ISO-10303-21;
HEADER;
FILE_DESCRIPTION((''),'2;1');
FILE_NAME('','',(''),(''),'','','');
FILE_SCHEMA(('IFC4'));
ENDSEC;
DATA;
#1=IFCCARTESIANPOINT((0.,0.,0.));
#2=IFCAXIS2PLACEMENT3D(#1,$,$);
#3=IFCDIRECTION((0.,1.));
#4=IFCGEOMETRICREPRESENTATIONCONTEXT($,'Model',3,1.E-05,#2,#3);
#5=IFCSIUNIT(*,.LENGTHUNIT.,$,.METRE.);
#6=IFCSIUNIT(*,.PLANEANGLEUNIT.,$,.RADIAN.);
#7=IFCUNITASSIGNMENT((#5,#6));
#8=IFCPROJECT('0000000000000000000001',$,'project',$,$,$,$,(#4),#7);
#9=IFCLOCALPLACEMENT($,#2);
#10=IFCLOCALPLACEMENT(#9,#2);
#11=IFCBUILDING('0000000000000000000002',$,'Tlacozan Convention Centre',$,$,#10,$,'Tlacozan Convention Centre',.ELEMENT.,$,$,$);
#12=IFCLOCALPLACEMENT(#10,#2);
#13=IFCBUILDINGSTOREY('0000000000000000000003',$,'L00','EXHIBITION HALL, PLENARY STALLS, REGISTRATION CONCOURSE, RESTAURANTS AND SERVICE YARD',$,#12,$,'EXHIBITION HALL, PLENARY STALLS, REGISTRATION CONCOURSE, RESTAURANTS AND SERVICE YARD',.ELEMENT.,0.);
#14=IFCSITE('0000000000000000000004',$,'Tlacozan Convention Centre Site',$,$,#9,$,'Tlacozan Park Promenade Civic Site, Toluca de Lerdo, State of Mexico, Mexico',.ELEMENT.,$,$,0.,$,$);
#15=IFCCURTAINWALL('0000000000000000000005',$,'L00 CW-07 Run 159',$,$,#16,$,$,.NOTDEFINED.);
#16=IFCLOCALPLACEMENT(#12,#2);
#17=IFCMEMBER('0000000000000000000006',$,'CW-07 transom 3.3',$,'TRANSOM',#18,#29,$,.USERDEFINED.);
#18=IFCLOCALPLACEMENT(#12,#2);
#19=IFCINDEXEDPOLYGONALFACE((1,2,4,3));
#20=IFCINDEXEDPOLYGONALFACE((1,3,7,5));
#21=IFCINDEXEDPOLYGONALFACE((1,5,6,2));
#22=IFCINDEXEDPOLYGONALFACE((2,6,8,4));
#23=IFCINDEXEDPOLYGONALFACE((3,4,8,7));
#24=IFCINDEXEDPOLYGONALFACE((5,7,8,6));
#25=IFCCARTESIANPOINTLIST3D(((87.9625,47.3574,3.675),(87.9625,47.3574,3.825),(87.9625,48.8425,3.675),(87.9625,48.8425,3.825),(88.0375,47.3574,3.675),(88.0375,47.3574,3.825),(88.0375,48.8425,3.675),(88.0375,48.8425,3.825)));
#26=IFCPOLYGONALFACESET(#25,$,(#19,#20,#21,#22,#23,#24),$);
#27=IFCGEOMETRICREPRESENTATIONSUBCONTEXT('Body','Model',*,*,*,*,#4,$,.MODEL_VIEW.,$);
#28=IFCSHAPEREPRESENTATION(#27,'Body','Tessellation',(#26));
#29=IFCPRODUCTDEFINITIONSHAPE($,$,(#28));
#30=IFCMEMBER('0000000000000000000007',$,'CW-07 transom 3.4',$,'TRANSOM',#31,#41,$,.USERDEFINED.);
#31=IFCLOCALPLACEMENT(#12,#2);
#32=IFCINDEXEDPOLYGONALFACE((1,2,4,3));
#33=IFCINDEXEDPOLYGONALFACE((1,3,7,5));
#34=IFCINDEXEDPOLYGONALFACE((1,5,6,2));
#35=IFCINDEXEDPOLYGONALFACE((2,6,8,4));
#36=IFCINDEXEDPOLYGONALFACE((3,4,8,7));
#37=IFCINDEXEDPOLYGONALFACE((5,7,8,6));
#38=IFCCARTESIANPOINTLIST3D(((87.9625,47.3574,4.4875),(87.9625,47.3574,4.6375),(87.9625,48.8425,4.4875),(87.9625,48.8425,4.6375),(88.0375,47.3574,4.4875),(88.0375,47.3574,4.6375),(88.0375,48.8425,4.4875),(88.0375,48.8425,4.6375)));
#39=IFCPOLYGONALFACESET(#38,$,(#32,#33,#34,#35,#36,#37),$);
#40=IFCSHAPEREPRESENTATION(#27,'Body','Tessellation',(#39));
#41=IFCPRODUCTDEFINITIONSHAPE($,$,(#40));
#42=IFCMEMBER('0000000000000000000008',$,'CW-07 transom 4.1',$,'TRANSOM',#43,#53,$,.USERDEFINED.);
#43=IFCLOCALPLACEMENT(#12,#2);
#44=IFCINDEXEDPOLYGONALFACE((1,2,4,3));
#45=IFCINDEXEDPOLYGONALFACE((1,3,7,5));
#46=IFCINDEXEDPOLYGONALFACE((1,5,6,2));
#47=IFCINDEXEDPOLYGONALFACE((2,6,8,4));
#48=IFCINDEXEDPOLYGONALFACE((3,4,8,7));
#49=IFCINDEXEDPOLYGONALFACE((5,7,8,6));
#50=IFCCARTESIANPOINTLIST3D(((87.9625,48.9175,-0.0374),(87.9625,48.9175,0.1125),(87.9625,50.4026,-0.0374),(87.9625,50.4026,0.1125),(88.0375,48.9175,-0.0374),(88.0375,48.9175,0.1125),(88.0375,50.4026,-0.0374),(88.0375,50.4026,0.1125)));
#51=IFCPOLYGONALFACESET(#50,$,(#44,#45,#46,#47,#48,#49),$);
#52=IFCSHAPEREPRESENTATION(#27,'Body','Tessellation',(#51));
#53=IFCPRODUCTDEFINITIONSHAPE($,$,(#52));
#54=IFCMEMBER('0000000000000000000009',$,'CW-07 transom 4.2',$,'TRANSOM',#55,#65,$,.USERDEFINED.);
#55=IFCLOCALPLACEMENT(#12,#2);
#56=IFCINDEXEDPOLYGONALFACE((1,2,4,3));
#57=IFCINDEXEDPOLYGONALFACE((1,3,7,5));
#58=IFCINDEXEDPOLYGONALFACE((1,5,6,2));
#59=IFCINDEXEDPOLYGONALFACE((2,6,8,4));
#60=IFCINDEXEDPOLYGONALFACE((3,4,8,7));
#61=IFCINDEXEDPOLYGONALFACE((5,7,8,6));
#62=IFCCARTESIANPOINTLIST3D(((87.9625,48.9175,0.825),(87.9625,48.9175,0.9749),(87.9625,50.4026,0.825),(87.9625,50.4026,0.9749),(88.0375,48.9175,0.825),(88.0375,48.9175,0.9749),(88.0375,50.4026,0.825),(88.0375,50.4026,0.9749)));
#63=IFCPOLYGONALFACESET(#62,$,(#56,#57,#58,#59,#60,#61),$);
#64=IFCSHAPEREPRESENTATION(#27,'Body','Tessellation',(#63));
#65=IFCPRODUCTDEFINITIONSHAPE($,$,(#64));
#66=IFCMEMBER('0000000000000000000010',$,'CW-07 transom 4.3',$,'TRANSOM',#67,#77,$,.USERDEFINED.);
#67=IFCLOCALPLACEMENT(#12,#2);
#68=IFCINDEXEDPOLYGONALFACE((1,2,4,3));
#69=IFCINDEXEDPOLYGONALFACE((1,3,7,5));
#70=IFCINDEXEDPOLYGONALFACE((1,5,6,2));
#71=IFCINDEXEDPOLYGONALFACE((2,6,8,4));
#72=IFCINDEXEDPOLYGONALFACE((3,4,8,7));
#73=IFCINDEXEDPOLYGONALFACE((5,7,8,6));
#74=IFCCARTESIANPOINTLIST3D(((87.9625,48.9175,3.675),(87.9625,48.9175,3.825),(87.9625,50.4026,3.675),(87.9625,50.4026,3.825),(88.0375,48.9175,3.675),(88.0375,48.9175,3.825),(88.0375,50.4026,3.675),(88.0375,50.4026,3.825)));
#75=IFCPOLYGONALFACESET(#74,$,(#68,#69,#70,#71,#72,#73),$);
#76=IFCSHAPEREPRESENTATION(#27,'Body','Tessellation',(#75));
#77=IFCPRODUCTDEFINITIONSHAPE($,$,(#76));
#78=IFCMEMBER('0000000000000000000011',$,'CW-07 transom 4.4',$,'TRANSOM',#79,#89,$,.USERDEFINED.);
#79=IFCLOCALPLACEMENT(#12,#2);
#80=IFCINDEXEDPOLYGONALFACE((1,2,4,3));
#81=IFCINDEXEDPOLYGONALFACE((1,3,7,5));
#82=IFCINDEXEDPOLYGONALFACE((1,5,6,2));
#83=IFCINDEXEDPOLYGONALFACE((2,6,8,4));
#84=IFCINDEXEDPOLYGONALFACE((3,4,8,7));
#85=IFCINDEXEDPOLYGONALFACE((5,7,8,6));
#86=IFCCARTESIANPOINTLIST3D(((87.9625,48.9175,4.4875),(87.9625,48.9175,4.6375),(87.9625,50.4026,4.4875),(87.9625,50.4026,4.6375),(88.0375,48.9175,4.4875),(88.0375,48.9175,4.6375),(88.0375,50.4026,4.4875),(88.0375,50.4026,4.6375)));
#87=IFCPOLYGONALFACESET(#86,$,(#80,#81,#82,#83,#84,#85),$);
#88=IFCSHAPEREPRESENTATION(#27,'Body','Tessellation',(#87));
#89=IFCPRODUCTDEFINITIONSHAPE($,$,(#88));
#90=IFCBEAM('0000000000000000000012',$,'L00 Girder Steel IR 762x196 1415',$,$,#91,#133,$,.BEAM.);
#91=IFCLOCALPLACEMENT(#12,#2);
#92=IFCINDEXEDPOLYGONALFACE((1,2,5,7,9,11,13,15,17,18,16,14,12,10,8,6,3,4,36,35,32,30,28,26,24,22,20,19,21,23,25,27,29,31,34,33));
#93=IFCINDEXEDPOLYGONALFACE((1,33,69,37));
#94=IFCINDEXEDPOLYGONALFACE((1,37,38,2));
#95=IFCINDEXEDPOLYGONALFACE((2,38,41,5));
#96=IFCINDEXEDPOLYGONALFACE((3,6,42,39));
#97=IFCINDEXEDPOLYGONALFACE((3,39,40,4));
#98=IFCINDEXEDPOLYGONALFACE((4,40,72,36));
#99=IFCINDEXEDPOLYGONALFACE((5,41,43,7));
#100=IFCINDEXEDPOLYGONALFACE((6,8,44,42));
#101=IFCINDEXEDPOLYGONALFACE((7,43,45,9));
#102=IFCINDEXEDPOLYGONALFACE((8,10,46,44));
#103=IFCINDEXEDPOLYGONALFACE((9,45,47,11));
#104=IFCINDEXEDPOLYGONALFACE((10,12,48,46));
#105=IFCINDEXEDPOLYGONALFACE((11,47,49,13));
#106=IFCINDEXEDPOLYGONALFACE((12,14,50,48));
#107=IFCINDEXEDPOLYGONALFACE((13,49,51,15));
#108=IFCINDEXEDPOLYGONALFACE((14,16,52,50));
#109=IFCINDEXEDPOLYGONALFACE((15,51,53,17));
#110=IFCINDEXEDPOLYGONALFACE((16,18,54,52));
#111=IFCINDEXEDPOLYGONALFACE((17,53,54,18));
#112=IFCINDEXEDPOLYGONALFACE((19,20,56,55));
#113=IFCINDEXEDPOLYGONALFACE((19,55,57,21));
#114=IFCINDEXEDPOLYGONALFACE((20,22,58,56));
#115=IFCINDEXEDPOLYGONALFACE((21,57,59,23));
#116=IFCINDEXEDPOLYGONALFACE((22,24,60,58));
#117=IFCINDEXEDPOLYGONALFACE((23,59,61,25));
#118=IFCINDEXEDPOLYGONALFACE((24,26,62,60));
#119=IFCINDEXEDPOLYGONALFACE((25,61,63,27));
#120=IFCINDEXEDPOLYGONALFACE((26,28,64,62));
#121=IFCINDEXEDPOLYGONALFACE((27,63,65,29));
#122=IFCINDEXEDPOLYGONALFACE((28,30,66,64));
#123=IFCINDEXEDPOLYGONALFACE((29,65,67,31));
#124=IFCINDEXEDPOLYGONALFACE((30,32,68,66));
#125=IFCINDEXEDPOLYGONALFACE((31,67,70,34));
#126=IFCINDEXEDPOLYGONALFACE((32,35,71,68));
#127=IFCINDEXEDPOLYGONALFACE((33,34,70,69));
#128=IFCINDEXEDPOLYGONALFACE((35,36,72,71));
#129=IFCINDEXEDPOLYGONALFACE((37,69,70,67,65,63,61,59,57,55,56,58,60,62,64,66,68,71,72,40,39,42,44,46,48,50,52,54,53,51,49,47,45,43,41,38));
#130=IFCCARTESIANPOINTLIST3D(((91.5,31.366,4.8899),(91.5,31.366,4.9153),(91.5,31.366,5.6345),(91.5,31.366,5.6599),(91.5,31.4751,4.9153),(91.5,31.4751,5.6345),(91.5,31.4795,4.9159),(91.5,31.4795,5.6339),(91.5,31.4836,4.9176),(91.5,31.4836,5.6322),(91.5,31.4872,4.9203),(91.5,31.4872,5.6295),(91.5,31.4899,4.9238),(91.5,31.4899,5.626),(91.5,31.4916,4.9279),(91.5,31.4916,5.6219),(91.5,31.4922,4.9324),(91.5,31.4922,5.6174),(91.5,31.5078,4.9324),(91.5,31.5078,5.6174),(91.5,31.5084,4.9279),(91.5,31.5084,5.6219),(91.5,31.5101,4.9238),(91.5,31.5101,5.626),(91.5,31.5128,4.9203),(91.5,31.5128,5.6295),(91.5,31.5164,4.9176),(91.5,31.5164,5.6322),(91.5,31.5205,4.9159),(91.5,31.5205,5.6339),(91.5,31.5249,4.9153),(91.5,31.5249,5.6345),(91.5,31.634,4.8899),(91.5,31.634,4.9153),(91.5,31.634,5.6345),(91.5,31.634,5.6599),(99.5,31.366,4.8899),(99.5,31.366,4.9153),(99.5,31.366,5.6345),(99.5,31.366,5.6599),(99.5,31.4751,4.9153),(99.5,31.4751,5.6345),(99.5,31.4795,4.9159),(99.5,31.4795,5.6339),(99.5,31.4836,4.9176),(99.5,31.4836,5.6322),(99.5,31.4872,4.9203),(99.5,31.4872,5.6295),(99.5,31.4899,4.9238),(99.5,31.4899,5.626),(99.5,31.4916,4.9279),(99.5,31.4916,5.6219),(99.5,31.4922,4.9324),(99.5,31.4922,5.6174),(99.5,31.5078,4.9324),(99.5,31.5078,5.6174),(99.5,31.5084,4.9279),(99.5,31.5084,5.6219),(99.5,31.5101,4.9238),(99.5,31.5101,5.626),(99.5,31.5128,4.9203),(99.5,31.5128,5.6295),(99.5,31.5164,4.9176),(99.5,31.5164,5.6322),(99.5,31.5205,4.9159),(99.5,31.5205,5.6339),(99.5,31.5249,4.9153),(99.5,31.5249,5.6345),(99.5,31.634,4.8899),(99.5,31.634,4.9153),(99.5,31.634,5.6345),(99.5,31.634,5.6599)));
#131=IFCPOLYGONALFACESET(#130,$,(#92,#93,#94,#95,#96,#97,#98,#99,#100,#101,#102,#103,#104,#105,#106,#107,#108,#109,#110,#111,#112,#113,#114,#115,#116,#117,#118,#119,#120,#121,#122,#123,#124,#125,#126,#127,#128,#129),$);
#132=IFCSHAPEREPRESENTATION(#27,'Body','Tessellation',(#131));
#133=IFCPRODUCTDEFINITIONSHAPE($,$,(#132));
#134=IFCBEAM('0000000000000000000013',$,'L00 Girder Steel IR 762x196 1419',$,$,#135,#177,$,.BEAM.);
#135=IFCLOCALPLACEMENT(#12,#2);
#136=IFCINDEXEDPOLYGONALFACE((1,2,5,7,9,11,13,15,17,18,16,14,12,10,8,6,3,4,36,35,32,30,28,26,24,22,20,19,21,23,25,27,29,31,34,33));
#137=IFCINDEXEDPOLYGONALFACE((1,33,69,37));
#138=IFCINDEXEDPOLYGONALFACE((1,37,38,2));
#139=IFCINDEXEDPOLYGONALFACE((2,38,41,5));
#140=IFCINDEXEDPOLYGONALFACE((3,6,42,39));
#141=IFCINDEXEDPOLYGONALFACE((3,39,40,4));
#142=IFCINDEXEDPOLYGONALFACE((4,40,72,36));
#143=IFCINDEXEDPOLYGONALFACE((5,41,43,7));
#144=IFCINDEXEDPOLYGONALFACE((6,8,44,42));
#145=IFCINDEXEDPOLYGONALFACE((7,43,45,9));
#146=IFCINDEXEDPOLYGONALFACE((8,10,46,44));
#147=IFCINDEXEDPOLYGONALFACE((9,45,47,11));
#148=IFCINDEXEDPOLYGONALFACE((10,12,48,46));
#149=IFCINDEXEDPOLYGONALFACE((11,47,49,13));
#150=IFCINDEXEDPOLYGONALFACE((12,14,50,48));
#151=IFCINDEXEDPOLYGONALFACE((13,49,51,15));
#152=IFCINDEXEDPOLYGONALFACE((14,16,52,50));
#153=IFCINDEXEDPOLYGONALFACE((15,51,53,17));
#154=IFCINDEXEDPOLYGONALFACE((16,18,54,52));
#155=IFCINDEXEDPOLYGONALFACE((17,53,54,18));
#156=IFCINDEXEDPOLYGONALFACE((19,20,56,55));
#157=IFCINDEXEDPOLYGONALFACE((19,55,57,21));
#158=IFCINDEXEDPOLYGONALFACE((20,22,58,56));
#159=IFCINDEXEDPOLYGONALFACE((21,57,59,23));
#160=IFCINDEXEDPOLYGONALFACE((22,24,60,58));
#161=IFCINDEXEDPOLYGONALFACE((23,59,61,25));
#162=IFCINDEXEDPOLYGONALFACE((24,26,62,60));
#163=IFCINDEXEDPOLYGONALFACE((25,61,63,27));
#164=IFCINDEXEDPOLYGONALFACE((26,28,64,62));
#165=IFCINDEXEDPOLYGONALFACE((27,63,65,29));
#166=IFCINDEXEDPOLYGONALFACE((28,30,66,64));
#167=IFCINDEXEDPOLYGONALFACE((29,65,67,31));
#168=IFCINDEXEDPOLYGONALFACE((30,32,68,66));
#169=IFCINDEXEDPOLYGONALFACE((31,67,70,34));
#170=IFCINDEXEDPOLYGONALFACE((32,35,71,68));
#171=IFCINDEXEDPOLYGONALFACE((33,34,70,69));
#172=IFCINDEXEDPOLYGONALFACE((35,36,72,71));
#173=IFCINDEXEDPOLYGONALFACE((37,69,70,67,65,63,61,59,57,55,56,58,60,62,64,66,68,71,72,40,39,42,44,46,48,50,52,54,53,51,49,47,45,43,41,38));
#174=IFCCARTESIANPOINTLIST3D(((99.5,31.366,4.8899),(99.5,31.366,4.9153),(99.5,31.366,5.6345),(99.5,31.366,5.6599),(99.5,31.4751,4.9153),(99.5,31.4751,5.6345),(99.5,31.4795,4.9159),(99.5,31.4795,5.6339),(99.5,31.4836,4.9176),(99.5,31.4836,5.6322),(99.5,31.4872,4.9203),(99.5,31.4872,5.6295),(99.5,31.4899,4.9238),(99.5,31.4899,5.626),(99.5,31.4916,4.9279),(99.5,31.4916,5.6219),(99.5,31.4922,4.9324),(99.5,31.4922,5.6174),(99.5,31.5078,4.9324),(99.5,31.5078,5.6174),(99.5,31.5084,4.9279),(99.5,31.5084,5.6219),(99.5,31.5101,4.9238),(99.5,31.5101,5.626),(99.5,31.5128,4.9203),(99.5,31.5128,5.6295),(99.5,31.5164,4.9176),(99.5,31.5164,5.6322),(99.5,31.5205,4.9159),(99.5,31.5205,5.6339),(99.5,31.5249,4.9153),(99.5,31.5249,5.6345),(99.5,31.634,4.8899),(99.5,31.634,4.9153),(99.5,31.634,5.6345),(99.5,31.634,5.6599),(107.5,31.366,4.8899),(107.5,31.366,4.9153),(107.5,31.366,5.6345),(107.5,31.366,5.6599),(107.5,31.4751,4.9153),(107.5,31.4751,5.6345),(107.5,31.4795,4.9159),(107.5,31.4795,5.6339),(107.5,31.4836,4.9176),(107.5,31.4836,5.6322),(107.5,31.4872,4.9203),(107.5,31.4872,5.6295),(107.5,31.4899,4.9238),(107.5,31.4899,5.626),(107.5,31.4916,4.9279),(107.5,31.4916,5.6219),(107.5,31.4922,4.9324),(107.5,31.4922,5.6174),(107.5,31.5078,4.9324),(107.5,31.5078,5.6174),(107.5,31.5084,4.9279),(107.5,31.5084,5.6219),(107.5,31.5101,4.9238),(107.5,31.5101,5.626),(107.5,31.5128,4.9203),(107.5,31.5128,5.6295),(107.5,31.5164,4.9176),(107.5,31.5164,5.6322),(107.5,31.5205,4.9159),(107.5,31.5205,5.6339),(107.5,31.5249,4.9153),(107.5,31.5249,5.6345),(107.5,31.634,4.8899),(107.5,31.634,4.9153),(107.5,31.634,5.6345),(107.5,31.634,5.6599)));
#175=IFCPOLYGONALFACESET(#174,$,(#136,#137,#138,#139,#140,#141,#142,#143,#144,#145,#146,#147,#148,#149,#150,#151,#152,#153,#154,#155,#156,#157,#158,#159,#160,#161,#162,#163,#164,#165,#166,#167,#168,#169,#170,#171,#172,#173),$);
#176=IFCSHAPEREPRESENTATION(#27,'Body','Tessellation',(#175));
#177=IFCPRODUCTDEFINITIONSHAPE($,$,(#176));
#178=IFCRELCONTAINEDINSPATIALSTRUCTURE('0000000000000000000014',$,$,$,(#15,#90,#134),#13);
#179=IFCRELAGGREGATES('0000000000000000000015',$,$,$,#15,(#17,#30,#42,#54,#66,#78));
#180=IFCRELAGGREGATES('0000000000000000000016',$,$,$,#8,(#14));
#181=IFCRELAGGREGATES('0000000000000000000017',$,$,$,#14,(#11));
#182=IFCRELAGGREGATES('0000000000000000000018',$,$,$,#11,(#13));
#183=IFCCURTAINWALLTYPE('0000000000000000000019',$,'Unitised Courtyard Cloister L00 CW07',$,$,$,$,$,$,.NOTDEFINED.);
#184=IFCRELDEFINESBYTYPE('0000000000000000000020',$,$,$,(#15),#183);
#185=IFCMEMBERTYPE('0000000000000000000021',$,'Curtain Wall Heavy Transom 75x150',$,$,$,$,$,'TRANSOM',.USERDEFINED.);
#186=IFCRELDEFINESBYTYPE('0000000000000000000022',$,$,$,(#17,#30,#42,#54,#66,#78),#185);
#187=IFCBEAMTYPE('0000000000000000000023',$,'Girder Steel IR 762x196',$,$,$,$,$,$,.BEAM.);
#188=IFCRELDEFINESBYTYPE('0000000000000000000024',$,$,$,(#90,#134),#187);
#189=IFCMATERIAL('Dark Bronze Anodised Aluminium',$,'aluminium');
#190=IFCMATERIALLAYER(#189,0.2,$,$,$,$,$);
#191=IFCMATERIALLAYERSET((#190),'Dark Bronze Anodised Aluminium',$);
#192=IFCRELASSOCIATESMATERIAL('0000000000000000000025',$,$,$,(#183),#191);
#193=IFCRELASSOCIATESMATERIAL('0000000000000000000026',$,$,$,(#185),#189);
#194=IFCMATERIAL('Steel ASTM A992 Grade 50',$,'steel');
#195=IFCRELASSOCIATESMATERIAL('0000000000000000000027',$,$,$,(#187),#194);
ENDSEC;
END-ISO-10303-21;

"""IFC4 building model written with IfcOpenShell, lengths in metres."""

from ifc_helpers import new_model, si_unit, direction, frame, origin, origin_2d, place, context, subcontext, project, spatial, rectangle, i_section, extrude, material, layer, layer_set, material_profile, profile_set, type_object, element, aggregate, save


model = new_model("IFC4")

# Units and contexts
model_context = context("Model", 3, precision=1e-05, world=origin(), true_north=direction((0.0, 1.0)))
body_context = subcontext(model_context, "Body", "Model", "MODEL_VIEW")
ifc_project = project(units=[si_unit("LENGTHUNIT", "METRE"), si_unit("PLANEANGLEUNIT", "RADIAN")], contexts=[model_context])

# Site, building, storey
site_placement = place(None, origin())
site = spatial("IfcSite", under=ifc_project, at=site_placement, Name="Tlacozan Convention Centre Site", LongName="Tlacozan Park Promenade Civic Site, Toluca de Lerdo, State of Mexico, Mexico", CompositionType="ELEMENT", RefElevation=0.0)
building_placement = place(site_placement, origin())
building = spatial("IfcBuilding", under=site, at=building_placement, Name="Tlacozan Convention Centre", LongName="Tlacozan Convention Centre", CompositionType="ELEMENT")
storey_placement = place(building_placement, origin())
storey = spatial("IfcBuildingStorey", under=building, at=storey_placement, Name="L00", Description="EXHIBITION HALL, PLENARY STALLS, REGISTRATION CONCOURSE, RESTAURANTS AND SERVICE YARD", LongName="EXHIBITION HALL, PLENARY STALLS, REGISTRATION CONCOURSE, RESTAURANTS AND SERVICE YARD", CompositionType="ELEMENT", Elevation=0.0)

# Shared definitions
ifc_material_1 = material(Name="Steel ASTM A992 Grade 50", Category="steel")

# Curtain wall, members
ifc_material_2 = material(Name="Dark Bronze Anodised Aluminium", Category="aluminium")
ifc_layer_1 = layer(ifc_material_2, 0.2)
ifc_layer_set_1 = layer_set([ifc_layer_1], Name="Dark Bronze Anodised Aluminium")
curtain_wall_type = type_object("IfcCurtainWallType", Name="Unitised Courtyard Cloister L00 CW07", PredefinedType="NOTDEFINED", material=ifc_layer_set_1)
curtain_wall_placement = place(storey_placement, origin())
curtain_wall = element("IfcCurtainWall", 1, at=curtain_wall_placement, inside=storey, type_object=curtain_wall_type, Name="L00 CW-07 Run 159", PredefinedType="NOTDEFINED")
ifc_material_profile_1 = material_profile(ifc_material_2, rectangle(XDim=0.075, YDim=0.1499, at=origin_2d()), Name="ALU 75x150")
ifc_profile_set_1 = profile_set([ifc_material_profile_1], Name="Dark Bronze Anodised Aluminium")
member_type_1 = type_object("IfcMemberType", Name="Curtain Wall Heavy Transom 75x150", ElementType="TRANSOM", PredefinedType="USERDEFINED", material=ifc_profile_set_1)
member_1_placement = place(storey_placement, frame((88.0, 47.3574, 3.75), z_axis=(0.0, 1.0, 0.0), x_axis=(-1.0, 0.0, 0.0)))
member_1 = element("IfcMember", 2, at=member_1_placement, type_object=member_type_1, Name="CW-07 transom 3.3", ObjectType="TRANSOM", PredefinedType="USERDEFINED", context=body_context, shape_type="SweptSolid", body=[
    extrude(rectangle(XDim=0.075, YDim=0.1499, at=origin_2d()), origin(), (0.0, 0.0, 1.0), 1.4851),
])
member_2_placement = place(storey_placement, frame((88.0, 47.3574, 4.5625), z_axis=(0.0, 1.0, 0.0), x_axis=(-1.0, 0.0, 0.0)))
member_2 = element("IfcMember", 3, at=member_2_placement, type_object=member_type_1, Name="CW-07 transom 3.4", ObjectType="TRANSOM", PredefinedType="USERDEFINED", context=body_context, shape_type="SweptSolid", body=[
    extrude(rectangle(XDim=0.075, YDim=0.1499, at=origin_2d()), origin(), (0.0, 0.0, 1.0), 1.4851),
])
member_3_placement = place(storey_placement, frame((88.0, 48.9175, 0.0376), z_axis=(0.0, 1.0, 0.0), x_axis=(-1.0, 0.0, 0.0)))
member_3 = element("IfcMember", 4, at=member_3_placement, type_object=member_type_1, Name="CW-07 transom 4.1", ObjectType="TRANSOM", PredefinedType="USERDEFINED", context=body_context, shape_type="SweptSolid", body=[
    extrude(rectangle(XDim=0.075, YDim=0.1499, at=origin_2d()), origin(), (0.0, 0.0, 1.0), 1.4851),
])
member_4_placement = place(storey_placement, frame((88.0, 48.9175, 0.8999), z_axis=(0.0, 1.0, 0.0), x_axis=(-1.0, 0.0, 0.0)))
member_4 = element("IfcMember", 5, at=member_4_placement, type_object=member_type_1, Name="CW-07 transom 4.2", ObjectType="TRANSOM", PredefinedType="USERDEFINED", context=body_context, shape_type="SweptSolid", body=[
    extrude(rectangle(XDim=0.075, YDim=0.1499, at=origin_2d()), origin(), (0.0, 0.0, 1.0), 1.4851),
])
member_5_placement = place(storey_placement, frame((88.0, 48.9175, 3.75), z_axis=(0.0, 1.0, 0.0), x_axis=(-1.0, 0.0, 0.0)))
member_5 = element("IfcMember", 6, at=member_5_placement, type_object=member_type_1, Name="CW-07 transom 4.3", ObjectType="TRANSOM", PredefinedType="USERDEFINED", context=body_context, shape_type="SweptSolid", body=[
    extrude(rectangle(XDim=0.075, YDim=0.1499, at=origin_2d()), origin(), (0.0, 0.0, 1.0), 1.4851),
])
member_6_placement = place(storey_placement, frame((88.0, 48.9175, 4.5625), z_axis=(0.0, 1.0, 0.0), x_axis=(-1.0, 0.0, 0.0)))
member_6 = element("IfcMember", 7, at=member_6_placement, type_object=member_type_1, Name="CW-07 transom 4.4", ObjectType="TRANSOM", PredefinedType="USERDEFINED", context=body_context, shape_type="SweptSolid", body=[
    extrude(rectangle(XDim=0.075, YDim=0.1499, at=origin_2d()), origin(), (0.0, 0.0, 1.0), 1.4851),
])

# Beams
ifc_material_profile_2 = material_profile(ifc_material_1, i_section(OverallWidth=0.2681, OverallDepth=0.77, WebThickness=0.0156, FlangeThickness=0.0254, FilletRadius=0.0171, at=origin_2d()), Name="IR 762x196.0")
ifc_profile_set_2 = profile_set([ifc_material_profile_2], Name="Steel ASTM A992 Grade 50")
beam_type_1 = type_object("IfcBeamType", Name="Girder Steel IR 762x196", PredefinedType="BEAM", material=ifc_profile_set_2)
for number, where, z_axis, x_axis, name in (
    (8, (91.5, 31.5, 5.2749), (1.0, 0.0, 0.0), (0.0, 1.0, 0.0), "L00 Girder Steel IR 762x196 1415"),
    (9, (99.5, 31.5, 5.2749), (1.0, 0.0, 0.0), (0.0, 1.0, 0.0), "L00 Girder Steel IR 762x196 1419"),
):
    element("IfcBeam", number, at=place(storey_placement, frame(where, z_axis=z_axis, x_axis=x_axis)), inside=storey, type_object=beam_type_1, Name=name, PredefinedType="BEAM", context=body_context, shape_type="SweptSolid", body=[
        extrude(i_section(OverallWidth=0.2681, OverallDepth=0.77, WebThickness=0.0156, FlangeThickness=0.0254, FilletRadius=0.0171, at=origin_2d()), origin(), (0.0, 0.0, 1.0), 8.0),
    ])

aggregate(curtain_wall, [member_1, member_2, member_3, member_4, member_5, member_6])

save(model, "model.ifc")
